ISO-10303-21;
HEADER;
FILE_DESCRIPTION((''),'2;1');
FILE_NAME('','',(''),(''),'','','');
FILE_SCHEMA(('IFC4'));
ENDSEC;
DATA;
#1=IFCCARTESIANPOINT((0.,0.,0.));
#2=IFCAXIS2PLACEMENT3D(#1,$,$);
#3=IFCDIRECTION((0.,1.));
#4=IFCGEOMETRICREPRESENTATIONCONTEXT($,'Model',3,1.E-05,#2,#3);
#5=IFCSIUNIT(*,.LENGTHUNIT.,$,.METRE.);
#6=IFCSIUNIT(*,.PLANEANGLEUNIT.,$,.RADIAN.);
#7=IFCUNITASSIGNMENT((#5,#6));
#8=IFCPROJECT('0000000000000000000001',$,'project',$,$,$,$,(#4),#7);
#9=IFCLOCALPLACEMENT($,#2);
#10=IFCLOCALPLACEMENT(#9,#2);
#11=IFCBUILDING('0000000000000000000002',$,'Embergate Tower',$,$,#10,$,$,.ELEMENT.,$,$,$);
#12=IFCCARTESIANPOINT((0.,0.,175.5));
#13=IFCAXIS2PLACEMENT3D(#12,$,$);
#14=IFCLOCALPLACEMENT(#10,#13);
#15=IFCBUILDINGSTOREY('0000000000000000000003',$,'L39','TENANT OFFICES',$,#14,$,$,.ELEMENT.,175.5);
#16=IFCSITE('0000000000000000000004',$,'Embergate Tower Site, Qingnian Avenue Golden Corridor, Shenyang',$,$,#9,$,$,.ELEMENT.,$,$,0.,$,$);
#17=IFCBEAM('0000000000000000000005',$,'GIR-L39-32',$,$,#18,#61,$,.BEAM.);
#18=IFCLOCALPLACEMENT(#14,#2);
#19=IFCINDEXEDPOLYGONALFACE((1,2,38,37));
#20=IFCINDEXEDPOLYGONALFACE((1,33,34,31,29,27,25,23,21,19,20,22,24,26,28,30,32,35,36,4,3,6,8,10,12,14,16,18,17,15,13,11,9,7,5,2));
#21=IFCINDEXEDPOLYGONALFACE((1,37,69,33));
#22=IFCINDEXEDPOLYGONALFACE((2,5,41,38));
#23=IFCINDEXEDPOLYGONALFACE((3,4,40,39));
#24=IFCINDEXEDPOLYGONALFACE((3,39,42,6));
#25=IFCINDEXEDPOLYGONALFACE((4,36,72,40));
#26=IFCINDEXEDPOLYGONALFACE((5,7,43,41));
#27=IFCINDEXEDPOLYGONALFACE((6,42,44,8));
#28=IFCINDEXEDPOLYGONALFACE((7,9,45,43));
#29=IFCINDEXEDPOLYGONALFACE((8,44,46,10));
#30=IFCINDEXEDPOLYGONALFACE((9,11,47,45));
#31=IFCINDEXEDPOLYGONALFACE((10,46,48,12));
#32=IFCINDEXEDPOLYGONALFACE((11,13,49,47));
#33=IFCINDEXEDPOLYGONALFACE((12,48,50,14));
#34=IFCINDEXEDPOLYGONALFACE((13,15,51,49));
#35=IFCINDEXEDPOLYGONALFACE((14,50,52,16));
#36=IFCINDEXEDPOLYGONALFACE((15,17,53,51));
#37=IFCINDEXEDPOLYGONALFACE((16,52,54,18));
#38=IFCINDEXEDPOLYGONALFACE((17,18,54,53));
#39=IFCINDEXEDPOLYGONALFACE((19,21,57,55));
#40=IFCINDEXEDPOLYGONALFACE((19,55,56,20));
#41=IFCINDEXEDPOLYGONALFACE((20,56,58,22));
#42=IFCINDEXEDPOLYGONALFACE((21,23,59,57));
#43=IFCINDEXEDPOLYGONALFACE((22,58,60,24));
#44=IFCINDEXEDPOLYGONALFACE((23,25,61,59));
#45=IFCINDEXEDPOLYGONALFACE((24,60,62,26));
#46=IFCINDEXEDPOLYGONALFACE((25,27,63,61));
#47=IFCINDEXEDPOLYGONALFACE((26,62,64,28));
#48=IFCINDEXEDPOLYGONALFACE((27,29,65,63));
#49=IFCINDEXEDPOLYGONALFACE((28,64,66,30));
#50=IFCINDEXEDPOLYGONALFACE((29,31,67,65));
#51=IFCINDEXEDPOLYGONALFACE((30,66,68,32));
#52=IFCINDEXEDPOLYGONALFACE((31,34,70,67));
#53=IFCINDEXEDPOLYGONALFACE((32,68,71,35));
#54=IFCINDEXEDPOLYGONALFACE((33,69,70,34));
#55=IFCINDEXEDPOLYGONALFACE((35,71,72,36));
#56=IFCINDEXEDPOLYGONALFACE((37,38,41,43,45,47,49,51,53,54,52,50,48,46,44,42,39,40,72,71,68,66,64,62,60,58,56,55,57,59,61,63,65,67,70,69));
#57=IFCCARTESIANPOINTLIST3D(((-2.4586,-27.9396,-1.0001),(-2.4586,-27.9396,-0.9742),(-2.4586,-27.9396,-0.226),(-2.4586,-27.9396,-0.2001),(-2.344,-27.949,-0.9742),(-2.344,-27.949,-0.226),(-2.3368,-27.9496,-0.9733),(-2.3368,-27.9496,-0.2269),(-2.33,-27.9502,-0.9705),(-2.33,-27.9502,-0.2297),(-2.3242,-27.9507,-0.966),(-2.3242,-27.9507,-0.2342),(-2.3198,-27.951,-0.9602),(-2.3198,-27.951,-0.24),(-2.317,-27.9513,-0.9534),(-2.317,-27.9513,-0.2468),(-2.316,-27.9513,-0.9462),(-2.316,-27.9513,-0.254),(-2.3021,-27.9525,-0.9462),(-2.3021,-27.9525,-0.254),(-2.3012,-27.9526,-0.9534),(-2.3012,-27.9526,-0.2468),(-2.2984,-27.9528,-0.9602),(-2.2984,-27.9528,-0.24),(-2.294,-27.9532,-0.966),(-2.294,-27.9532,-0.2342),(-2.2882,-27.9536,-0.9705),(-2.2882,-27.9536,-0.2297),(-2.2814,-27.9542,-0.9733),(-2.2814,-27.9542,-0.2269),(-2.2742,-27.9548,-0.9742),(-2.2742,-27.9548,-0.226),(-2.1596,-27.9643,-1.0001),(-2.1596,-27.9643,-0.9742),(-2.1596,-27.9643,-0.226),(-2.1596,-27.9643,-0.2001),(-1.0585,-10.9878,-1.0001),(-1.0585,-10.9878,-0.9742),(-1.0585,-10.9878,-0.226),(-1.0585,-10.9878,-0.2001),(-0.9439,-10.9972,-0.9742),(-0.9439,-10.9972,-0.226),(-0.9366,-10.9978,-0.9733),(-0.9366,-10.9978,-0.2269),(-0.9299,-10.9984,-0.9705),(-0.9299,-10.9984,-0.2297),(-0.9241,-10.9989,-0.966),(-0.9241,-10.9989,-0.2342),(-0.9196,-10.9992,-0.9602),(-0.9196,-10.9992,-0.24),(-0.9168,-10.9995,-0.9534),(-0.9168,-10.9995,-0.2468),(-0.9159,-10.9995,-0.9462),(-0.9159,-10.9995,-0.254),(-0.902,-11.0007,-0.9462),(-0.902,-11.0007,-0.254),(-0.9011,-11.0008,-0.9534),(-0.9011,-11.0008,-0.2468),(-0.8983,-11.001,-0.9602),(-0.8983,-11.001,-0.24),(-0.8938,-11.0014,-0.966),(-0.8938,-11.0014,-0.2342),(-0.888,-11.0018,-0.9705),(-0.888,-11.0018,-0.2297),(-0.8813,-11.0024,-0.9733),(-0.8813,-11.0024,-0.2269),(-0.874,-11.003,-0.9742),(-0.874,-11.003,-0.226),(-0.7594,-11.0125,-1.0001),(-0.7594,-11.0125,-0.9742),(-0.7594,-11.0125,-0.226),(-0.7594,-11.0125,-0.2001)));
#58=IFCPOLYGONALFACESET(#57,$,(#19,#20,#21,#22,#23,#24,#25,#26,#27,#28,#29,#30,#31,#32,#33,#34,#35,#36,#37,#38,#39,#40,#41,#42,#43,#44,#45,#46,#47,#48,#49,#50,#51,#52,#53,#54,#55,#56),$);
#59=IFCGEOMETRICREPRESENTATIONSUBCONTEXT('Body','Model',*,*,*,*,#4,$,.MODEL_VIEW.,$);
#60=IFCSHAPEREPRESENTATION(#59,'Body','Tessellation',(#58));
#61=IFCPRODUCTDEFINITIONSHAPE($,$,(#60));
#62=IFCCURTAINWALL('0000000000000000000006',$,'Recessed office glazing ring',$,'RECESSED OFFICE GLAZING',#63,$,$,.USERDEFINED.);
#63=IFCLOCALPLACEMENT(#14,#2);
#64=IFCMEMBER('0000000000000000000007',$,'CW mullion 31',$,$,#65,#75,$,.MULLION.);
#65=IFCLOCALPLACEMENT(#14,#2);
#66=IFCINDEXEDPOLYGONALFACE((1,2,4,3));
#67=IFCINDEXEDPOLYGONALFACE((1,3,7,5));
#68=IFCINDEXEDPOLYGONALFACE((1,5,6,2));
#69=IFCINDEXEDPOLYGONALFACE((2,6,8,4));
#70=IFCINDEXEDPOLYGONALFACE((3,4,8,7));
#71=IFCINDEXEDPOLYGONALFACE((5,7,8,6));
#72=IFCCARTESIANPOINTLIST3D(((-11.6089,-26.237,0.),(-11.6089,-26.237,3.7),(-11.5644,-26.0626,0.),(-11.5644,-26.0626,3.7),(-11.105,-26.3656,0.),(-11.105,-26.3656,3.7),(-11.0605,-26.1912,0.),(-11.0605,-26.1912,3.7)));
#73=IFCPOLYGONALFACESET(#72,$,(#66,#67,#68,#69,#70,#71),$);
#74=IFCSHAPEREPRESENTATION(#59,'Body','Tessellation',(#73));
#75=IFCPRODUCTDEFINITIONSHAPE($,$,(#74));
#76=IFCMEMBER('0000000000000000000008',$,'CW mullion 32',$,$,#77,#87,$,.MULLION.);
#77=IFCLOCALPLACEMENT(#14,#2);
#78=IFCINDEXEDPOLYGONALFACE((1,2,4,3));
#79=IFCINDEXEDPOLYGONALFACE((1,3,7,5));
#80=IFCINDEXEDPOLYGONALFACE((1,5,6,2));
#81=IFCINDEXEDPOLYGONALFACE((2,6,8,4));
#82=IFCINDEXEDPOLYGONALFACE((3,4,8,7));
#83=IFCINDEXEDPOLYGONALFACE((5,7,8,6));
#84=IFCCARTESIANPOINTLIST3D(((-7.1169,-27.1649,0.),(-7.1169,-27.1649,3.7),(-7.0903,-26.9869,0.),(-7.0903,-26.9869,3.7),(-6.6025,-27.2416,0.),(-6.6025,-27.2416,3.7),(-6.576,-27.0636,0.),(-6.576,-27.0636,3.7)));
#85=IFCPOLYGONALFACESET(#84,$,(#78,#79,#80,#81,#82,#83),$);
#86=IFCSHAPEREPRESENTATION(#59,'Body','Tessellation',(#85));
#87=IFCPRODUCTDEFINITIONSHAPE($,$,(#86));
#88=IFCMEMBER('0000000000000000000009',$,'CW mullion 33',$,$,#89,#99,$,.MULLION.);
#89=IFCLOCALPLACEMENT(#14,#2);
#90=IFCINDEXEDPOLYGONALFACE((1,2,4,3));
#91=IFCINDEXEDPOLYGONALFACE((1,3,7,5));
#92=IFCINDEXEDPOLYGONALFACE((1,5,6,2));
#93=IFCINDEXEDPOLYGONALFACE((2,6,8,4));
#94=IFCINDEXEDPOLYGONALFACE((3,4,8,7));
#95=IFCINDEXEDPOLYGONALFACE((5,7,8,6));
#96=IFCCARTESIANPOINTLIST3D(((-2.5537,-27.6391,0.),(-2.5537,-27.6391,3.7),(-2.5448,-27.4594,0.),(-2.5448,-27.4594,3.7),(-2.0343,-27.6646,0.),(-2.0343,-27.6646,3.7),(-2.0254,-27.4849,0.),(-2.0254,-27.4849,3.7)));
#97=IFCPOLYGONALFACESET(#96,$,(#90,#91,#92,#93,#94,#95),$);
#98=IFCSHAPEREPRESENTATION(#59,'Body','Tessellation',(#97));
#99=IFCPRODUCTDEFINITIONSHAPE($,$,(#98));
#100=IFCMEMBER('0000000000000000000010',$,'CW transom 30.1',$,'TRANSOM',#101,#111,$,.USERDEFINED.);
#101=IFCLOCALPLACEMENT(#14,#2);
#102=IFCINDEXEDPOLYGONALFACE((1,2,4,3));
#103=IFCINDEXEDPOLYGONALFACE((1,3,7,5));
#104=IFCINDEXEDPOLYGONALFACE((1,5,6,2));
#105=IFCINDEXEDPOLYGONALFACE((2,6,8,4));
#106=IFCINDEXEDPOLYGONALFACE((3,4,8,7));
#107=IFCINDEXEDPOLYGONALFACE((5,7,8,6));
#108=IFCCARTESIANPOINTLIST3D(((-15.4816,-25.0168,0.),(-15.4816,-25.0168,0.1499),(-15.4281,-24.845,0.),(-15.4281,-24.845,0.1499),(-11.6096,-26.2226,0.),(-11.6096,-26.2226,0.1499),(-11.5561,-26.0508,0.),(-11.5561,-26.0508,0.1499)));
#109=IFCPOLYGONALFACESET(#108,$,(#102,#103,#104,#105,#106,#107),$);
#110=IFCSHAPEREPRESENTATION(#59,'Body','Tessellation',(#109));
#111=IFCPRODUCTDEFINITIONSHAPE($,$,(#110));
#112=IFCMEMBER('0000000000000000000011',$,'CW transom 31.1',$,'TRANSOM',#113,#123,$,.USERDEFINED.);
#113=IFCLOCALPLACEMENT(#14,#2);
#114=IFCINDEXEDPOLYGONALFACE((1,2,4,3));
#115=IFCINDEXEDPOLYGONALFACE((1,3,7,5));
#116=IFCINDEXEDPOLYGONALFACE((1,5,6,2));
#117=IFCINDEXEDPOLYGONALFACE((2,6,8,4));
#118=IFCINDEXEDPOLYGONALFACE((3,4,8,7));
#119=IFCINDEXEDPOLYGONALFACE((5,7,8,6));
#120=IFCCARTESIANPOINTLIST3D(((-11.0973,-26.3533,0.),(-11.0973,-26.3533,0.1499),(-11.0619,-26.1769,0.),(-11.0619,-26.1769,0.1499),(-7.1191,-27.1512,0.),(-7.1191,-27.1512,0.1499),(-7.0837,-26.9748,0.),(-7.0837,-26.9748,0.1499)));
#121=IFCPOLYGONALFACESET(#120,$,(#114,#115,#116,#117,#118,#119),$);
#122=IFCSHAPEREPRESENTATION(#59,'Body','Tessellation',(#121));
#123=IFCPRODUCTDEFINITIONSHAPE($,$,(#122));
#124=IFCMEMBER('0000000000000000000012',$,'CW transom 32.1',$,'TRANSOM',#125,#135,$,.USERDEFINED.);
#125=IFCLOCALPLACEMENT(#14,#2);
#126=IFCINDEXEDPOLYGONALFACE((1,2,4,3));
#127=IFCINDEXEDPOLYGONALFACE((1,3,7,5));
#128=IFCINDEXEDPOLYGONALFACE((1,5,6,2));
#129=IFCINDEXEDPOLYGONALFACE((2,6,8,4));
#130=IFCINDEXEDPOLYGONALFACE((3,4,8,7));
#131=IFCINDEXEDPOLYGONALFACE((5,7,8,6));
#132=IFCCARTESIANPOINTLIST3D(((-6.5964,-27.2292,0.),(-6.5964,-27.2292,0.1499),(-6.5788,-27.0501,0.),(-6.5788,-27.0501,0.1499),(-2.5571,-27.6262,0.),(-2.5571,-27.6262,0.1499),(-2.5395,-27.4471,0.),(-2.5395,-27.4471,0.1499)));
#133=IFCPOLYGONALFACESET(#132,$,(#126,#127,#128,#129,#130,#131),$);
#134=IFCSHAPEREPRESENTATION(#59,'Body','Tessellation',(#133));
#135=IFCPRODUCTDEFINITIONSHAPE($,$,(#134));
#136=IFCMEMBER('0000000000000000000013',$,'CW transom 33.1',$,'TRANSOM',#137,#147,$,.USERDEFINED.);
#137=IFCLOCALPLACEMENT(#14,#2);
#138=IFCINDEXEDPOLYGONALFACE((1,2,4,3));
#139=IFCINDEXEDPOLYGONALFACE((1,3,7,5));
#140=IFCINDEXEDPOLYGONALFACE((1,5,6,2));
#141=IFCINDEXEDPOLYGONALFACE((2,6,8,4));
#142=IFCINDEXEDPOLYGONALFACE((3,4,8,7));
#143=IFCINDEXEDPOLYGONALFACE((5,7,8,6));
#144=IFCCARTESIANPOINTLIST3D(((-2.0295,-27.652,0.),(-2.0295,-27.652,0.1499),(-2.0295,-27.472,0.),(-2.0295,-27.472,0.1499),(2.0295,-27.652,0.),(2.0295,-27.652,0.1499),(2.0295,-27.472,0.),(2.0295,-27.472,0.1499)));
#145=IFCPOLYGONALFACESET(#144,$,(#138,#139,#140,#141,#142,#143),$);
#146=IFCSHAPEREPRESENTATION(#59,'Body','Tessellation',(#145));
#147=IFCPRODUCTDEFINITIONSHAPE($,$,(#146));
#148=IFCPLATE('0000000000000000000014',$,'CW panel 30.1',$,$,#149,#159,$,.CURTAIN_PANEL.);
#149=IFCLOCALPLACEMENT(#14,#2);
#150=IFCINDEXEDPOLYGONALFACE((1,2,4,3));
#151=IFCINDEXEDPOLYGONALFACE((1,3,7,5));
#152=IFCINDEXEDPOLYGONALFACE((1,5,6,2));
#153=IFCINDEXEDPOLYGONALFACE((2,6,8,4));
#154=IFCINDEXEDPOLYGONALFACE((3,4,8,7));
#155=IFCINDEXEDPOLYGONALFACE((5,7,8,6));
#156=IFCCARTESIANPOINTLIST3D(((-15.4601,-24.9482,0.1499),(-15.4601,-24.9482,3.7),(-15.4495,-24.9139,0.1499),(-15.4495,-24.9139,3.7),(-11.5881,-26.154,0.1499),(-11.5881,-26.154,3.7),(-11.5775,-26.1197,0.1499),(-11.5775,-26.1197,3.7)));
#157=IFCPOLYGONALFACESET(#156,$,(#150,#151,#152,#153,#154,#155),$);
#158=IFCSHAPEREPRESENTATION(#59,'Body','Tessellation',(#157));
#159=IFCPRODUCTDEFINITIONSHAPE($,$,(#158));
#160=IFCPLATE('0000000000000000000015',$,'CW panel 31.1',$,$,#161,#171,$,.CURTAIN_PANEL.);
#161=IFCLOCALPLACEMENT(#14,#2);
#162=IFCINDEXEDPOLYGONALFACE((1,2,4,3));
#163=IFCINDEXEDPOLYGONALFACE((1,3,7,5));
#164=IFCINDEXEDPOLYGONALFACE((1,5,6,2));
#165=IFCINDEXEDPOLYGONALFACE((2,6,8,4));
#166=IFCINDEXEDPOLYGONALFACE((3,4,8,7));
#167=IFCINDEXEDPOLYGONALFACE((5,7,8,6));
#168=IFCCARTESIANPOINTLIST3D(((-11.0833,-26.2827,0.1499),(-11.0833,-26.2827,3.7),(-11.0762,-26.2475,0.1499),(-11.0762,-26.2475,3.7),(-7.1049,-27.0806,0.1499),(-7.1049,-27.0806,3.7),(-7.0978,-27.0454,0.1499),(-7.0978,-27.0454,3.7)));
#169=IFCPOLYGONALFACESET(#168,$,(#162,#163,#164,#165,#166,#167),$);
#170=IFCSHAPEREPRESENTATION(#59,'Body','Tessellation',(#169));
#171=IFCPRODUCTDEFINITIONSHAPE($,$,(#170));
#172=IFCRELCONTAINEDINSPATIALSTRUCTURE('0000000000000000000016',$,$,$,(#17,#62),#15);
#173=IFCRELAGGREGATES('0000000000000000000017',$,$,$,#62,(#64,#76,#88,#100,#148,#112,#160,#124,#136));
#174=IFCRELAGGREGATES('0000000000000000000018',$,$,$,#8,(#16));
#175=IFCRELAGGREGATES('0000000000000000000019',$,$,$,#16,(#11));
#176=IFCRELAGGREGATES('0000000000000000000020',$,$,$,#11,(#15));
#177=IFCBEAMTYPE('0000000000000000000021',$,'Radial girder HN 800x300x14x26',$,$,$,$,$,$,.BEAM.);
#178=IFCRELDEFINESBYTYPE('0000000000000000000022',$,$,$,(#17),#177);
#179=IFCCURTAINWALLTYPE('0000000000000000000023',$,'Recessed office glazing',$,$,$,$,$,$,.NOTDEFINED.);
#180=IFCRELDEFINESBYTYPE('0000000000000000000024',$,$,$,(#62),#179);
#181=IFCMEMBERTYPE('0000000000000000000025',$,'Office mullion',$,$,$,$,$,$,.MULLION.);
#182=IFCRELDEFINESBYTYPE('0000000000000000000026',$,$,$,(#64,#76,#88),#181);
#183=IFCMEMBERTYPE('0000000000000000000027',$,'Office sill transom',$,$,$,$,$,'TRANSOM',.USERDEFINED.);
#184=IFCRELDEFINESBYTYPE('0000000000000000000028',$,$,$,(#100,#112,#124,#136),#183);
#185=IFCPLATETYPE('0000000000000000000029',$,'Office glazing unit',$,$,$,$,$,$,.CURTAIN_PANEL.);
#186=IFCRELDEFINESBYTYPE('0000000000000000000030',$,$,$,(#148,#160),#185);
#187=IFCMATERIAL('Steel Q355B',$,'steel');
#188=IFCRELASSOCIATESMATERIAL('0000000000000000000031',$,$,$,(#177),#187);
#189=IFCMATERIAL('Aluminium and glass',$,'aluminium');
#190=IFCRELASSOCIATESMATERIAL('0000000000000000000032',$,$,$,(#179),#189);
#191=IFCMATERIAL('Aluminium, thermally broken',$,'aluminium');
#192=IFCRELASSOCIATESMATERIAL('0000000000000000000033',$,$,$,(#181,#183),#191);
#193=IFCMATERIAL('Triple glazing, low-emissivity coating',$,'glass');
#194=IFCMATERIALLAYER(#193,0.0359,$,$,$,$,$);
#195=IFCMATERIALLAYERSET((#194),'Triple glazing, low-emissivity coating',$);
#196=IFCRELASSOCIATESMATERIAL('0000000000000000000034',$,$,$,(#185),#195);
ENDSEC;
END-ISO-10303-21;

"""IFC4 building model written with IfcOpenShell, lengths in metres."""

from ifc_helpers import new_model, si_unit, direction, frame, origin, origin_2d, place, context, subcontext, project, spatial, rectangle, i_section, extrude, source, transform, mapped, material, layer, layer_set, material_profile, profile_set, type_object, element, aggregate, save


model = new_model("IFC4")

# Units and contexts
model_context = context("Model", 3, precision=1e-05, world=origin(), true_north=direction((0.0, 1.0)))
body_context = subcontext(model_context, "Body", "Model", "MODEL_VIEW")
ifc_project = project(units=[si_unit("LENGTHUNIT", "METRE"), si_unit("PLANEANGLEUNIT", "RADIAN")], contexts=[model_context])

# Site, building, storey
site_placement = place(None, origin())
site = spatial("IfcSite", under=ifc_project, at=site_placement, Name="Embergate Tower Site, Qingnian Avenue Golden Corridor, Shenyang", CompositionType="ELEMENT", RefElevation=0.0)
building_placement = place(site_placement, origin())
building = spatial("IfcBuilding", under=site, at=building_placement, Name="Embergate Tower", CompositionType="ELEMENT")
storey_placement = place(building_placement, frame((0.0, 0.0, 175.5)))
storey = spatial("IfcBuildingStorey", under=building, at=storey_placement, Name="L39", Description="TENANT OFFICES", CompositionType="ELEMENT", Elevation=175.5)

# Beam
ifc_material_1 = material(Name="Steel Q355B", Category="steel")
ifc_material_profile_1 = material_profile(ifc_material_1, i_section(OverallWidth=0.3, OverallDepth=0.8, WebThickness=0.0139, FlangeThickness=0.0259, FilletRadius=0.0281, at=origin_2d()), Name="HN 800x300x14x26")
ifc_profile_set_1 = profile_set([ifc_material_profile_1], Name="Steel Q355 grade B")
beam_type_1 = type_object("IfcBeamType", Name="Radial girder HN 800x300x14x26", PredefinedType="BEAM", material=ifc_profile_set_1)
shared_shape_1 = source(origin(), body_context, "Body", "SweptSolid", [
    extrude(i_section(OverallWidth=0.3, OverallDepth=0.8, WebThickness=0.0139, FlangeThickness=0.0259, FilletRadius=0.0281, at=origin_2d()), origin(), (0.0, 0.0, 1.0), 17.0095),
])
beam_1_placement = place(storey_placement, frame((-2.3091, -27.9519, -0.6001), z_axis=(0.082315, 0.996606, 0.0), x_axis=(-0.996606, 0.082315, 0.0)))
element("IfcBeam", 1, at=beam_1_placement, inside=storey, type_object=beam_type_1, Name="GIR-L39-32", PredefinedType="BEAM", context=body_context, shape_type="MappedRepresentation", body=[
    mapped(shared_shape_1, transform((0.0, 0.0, 0.0))),
])

# Curtain wall, members
ifc_material_2 = material(Name="Aluminium and glass", Category="aluminium")
curtain_wall_type = type_object("IfcCurtainWallType", Name="Recessed office glazing", PredefinedType="NOTDEFINED", material=ifc_material_2)
curtain_wall_placement = place(storey_placement, origin())
curtain_wall = element("IfcCurtainWall", 2, at=curtain_wall_placement, inside=storey, type_object=curtain_wall_type, Name="Recessed office glazing ring", ObjectType="RECESSED OFFICE GLAZING", PredefinedType="USERDEFINED")
ifc_material_3 = material(Name="Aluminium, thermally broken", Category="aluminium")
ifc_material_profile_2 = material_profile(ifc_material_3, rectangle(XDim=0.1799, YDim=0.52, at=origin_2d()), Name="AL 520x180")
ifc_profile_set_2 = profile_set([ifc_material_profile_2], Name="Aluminium, thermally broken")
member_type_1 = type_object("IfcMemberType", Name="Office mullion", PredefinedType="MULLION", material=ifc_profile_set_2)
shared_shape_2 = source(origin(), body_context, "Body", "SweptSolid", [
    extrude(rectangle(XDim=0.1799, YDim=0.52, at=origin_2d()), origin(), (0.0, 0.0, 1.0), 3.7),
])
member_1_placement = place(storey_placement, frame((-11.3347, -26.2141, 0.0), z_axis=(0.0, 0.0, 1.0), x_axis=(0.247308, 0.968937, 0.0)))
member_1 = element("IfcMember", 3, at=member_1_placement, type_object=member_type_1, Name="CW mullion 31", PredefinedType="MULLION", context=body_context, shape_type="MappedRepresentation", body=[
    mapped(shared_shape_2, transform((0.0, 0.0, 0.0))),
])
member_2_placement = place(storey_placement, frame((-6.8464, -27.1143, 0.0), z_axis=(0.0, 0.0, 1.0), x_axis=(0.147409, 0.989076, 0.0)))
member_2 = element("IfcMember", 4, at=member_2_placement, type_object=member_type_1, Name="CW mullion 32", PredefinedType="MULLION", context=body_context, shape_type="MappedRepresentation", body=[
    mapped(shared_shape_2, transform((0.0, 0.0, 0.0))),
])
member_3_placement = place(storey_placement, frame((-2.2896, -27.562, 0.0), z_axis=(0.0, 0.0, 1.0), x_axis=(0.04897, 0.9988, 0.0)))
member_3 = element("IfcMember", 5, at=member_3_placement, type_object=member_type_1, Name="CW mullion 33", PredefinedType="MULLION", context=body_context, shape_type="MappedRepresentation", body=[
    mapped(shared_shape_2, transform((0.0, 0.0, 0.0))),
])
ifc_material_profile_3 = material_profile(ifc_material_3, rectangle(XDim=0.1799, YDim=0.1499, at=origin_2d()), Name="AL 150x180")
ifc_profile_set_3 = profile_set([ifc_material_profile_3], Name="Aluminium, thermally broken")
member_type_2 = type_object("IfcMemberType", Name="Office sill transom", ElementType="TRANSOM", PredefinedType="USERDEFINED", material=ifc_profile_set_3)
shared_shape_3 = source(origin(), body_context, "Body", "SweptSolid", [
    extrude(rectangle(XDim=0.1799, YDim=0.1499, at=origin_2d()), origin(), (0.0, 0.0, 1.0), 4.0554),
])
member_4_placement = place(storey_placement, frame((-15.4548, -24.9309, 0.075), z_axis=(0.954775, -0.297329, 0.0), x_axis=(0.297329, 0.954775, 0.0)))
member_4 = element("IfcMember", 6, at=member_4_placement, type_object=member_type_2, Name="CW transom 30.1", ObjectType="TRANSOM", PredefinedType="USERDEFINED", context=body_context, shape_type="MappedRepresentation", body=[
    mapped(shared_shape_3, transform((0.0, 0.0, 0.0))),
])
shared_shape_4 = source(origin(), body_context, "Body", "SweptSolid", [
    extrude(rectangle(XDim=0.1799, YDim=0.1499, at=origin_2d()), origin(), (0.0, 0.0, 1.0), 4.0574),
])
member_5_placement = place(storey_placement, frame((-11.0796, -26.2651, 0.075), z_axis=(0.980476, -0.196637, 0.0), x_axis=(0.196637, 0.980476, 0.0)))
member_5 = element("IfcMember", 7, at=member_5_placement, type_object=member_type_2, Name="CW transom 31.1", ObjectType="TRANSOM", PredefinedType="USERDEFINED", context=body_context, shape_type="MappedRepresentation", body=[
    mapped(shared_shape_4, transform((0.0, 0.0, 0.0))),
])
shared_shape_5 = source(origin(), body_context, "Body", "SweptSolid", [
    extrude(rectangle(XDim=0.1799, YDim=0.1499, at=origin_2d()), origin(), (0.0, 0.0, 1.0), 4.0588),
])
member_6_placement = place(storey_placement, frame((-6.5876, -27.1396, 0.075), z_axis=(0.995205, -0.097806, 0.0), x_axis=(0.097806, 0.995205, 0.0)))
member_6 = element("IfcMember", 8, at=member_6_placement, type_object=member_type_2, Name="CW transom 32.1", ObjectType="TRANSOM", PredefinedType="USERDEFINED", context=body_context, shape_type="MappedRepresentation", body=[
    mapped(shared_shape_5, transform((0.0, 0.0, 0.0))),
])
shared_shape_6 = source(origin(), body_context, "Body", "SweptSolid", [
    extrude(rectangle(XDim=0.1799, YDim=0.1499, at=origin_2d()), origin(), (0.0, 0.0, 1.0), 4.0591),
])
member_7_placement = place(storey_placement, frame((-2.0295, -27.562, 0.075), z_axis=(1.0, 0.0, 0.0), x_axis=(0.0, 1.0, 0.0)))
member_7 = element("IfcMember", 9, at=member_7_placement, type_object=member_type_2, Name="CW transom 33.1", ObjectType="TRANSOM", PredefinedType="USERDEFINED", context=body_context, shape_type="MappedRepresentation", body=[
    mapped(shared_shape_6, transform((0.0, 0.0, 0.0))),
])

# Plates
ifc_material_4 = material(Name="Triple glazing, low-emissivity coating", Category="glass")
ifc_layer_1 = layer(ifc_material_4, 0.0359)
ifc_layer_set_1 = layer_set([ifc_layer_1], Name="Triple glazing, low-emissivity coating")
plate_type = type_object("IfcPlateType", Name="Office glazing unit", PredefinedType="CURTAIN_PANEL", material=ifc_layer_set_1)
shared_shape_7 = source(origin(), body_context, "Body", "SweptSolid", [
    extrude(rectangle(XDim=4.0554, YDim=0.0359, at=origin_2d()), origin(), (0.0, 0.0, 1.0), 3.55),
])
plate_1_placement = place(storey_placement, frame((-13.5188, -25.5339, 0.1499), z_axis=(0.0, 0.0, 1.0), x_axis=(0.954773, -0.297335, 0.0)))
plate_1 = element("IfcPlate", 10, at=plate_1_placement, type_object=plate_type, Name="CW panel 30.1", PredefinedType="CURTAIN_PANEL", context=body_context, shape_type="MappedRepresentation", body=[
    mapped(shared_shape_7, transform((0.0, 0.0, 0.0))),
])
shared_shape_8 = source(origin(), body_context, "Body", "SweptSolid", [
    extrude(rectangle(XDim=4.0576, YDim=0.0359, at=origin_2d()), origin(), (0.0, 0.0, 1.0), 3.55),
])
plate_2_placement = place(storey_placement, frame((-9.0906, -26.6641, 0.1499), z_axis=(0.0, 0.0, 1.0), x_axis=(0.980476, -0.196638, 0.0)))
plate_2 = element("IfcPlate", 11, at=plate_2_placement, type_object=plate_type, Name="CW panel 31.1", PredefinedType="CURTAIN_PANEL", context=body_context, shape_type="MappedRepresentation", body=[
    mapped(shared_shape_8, transform((0.0, 0.0, 0.0))),
])
aggregate(curtain_wall, [member_1, member_2, member_3, member_4, plate_1, member_5, plate_2, member_6, member_7])

save(model, "model.ifc")
